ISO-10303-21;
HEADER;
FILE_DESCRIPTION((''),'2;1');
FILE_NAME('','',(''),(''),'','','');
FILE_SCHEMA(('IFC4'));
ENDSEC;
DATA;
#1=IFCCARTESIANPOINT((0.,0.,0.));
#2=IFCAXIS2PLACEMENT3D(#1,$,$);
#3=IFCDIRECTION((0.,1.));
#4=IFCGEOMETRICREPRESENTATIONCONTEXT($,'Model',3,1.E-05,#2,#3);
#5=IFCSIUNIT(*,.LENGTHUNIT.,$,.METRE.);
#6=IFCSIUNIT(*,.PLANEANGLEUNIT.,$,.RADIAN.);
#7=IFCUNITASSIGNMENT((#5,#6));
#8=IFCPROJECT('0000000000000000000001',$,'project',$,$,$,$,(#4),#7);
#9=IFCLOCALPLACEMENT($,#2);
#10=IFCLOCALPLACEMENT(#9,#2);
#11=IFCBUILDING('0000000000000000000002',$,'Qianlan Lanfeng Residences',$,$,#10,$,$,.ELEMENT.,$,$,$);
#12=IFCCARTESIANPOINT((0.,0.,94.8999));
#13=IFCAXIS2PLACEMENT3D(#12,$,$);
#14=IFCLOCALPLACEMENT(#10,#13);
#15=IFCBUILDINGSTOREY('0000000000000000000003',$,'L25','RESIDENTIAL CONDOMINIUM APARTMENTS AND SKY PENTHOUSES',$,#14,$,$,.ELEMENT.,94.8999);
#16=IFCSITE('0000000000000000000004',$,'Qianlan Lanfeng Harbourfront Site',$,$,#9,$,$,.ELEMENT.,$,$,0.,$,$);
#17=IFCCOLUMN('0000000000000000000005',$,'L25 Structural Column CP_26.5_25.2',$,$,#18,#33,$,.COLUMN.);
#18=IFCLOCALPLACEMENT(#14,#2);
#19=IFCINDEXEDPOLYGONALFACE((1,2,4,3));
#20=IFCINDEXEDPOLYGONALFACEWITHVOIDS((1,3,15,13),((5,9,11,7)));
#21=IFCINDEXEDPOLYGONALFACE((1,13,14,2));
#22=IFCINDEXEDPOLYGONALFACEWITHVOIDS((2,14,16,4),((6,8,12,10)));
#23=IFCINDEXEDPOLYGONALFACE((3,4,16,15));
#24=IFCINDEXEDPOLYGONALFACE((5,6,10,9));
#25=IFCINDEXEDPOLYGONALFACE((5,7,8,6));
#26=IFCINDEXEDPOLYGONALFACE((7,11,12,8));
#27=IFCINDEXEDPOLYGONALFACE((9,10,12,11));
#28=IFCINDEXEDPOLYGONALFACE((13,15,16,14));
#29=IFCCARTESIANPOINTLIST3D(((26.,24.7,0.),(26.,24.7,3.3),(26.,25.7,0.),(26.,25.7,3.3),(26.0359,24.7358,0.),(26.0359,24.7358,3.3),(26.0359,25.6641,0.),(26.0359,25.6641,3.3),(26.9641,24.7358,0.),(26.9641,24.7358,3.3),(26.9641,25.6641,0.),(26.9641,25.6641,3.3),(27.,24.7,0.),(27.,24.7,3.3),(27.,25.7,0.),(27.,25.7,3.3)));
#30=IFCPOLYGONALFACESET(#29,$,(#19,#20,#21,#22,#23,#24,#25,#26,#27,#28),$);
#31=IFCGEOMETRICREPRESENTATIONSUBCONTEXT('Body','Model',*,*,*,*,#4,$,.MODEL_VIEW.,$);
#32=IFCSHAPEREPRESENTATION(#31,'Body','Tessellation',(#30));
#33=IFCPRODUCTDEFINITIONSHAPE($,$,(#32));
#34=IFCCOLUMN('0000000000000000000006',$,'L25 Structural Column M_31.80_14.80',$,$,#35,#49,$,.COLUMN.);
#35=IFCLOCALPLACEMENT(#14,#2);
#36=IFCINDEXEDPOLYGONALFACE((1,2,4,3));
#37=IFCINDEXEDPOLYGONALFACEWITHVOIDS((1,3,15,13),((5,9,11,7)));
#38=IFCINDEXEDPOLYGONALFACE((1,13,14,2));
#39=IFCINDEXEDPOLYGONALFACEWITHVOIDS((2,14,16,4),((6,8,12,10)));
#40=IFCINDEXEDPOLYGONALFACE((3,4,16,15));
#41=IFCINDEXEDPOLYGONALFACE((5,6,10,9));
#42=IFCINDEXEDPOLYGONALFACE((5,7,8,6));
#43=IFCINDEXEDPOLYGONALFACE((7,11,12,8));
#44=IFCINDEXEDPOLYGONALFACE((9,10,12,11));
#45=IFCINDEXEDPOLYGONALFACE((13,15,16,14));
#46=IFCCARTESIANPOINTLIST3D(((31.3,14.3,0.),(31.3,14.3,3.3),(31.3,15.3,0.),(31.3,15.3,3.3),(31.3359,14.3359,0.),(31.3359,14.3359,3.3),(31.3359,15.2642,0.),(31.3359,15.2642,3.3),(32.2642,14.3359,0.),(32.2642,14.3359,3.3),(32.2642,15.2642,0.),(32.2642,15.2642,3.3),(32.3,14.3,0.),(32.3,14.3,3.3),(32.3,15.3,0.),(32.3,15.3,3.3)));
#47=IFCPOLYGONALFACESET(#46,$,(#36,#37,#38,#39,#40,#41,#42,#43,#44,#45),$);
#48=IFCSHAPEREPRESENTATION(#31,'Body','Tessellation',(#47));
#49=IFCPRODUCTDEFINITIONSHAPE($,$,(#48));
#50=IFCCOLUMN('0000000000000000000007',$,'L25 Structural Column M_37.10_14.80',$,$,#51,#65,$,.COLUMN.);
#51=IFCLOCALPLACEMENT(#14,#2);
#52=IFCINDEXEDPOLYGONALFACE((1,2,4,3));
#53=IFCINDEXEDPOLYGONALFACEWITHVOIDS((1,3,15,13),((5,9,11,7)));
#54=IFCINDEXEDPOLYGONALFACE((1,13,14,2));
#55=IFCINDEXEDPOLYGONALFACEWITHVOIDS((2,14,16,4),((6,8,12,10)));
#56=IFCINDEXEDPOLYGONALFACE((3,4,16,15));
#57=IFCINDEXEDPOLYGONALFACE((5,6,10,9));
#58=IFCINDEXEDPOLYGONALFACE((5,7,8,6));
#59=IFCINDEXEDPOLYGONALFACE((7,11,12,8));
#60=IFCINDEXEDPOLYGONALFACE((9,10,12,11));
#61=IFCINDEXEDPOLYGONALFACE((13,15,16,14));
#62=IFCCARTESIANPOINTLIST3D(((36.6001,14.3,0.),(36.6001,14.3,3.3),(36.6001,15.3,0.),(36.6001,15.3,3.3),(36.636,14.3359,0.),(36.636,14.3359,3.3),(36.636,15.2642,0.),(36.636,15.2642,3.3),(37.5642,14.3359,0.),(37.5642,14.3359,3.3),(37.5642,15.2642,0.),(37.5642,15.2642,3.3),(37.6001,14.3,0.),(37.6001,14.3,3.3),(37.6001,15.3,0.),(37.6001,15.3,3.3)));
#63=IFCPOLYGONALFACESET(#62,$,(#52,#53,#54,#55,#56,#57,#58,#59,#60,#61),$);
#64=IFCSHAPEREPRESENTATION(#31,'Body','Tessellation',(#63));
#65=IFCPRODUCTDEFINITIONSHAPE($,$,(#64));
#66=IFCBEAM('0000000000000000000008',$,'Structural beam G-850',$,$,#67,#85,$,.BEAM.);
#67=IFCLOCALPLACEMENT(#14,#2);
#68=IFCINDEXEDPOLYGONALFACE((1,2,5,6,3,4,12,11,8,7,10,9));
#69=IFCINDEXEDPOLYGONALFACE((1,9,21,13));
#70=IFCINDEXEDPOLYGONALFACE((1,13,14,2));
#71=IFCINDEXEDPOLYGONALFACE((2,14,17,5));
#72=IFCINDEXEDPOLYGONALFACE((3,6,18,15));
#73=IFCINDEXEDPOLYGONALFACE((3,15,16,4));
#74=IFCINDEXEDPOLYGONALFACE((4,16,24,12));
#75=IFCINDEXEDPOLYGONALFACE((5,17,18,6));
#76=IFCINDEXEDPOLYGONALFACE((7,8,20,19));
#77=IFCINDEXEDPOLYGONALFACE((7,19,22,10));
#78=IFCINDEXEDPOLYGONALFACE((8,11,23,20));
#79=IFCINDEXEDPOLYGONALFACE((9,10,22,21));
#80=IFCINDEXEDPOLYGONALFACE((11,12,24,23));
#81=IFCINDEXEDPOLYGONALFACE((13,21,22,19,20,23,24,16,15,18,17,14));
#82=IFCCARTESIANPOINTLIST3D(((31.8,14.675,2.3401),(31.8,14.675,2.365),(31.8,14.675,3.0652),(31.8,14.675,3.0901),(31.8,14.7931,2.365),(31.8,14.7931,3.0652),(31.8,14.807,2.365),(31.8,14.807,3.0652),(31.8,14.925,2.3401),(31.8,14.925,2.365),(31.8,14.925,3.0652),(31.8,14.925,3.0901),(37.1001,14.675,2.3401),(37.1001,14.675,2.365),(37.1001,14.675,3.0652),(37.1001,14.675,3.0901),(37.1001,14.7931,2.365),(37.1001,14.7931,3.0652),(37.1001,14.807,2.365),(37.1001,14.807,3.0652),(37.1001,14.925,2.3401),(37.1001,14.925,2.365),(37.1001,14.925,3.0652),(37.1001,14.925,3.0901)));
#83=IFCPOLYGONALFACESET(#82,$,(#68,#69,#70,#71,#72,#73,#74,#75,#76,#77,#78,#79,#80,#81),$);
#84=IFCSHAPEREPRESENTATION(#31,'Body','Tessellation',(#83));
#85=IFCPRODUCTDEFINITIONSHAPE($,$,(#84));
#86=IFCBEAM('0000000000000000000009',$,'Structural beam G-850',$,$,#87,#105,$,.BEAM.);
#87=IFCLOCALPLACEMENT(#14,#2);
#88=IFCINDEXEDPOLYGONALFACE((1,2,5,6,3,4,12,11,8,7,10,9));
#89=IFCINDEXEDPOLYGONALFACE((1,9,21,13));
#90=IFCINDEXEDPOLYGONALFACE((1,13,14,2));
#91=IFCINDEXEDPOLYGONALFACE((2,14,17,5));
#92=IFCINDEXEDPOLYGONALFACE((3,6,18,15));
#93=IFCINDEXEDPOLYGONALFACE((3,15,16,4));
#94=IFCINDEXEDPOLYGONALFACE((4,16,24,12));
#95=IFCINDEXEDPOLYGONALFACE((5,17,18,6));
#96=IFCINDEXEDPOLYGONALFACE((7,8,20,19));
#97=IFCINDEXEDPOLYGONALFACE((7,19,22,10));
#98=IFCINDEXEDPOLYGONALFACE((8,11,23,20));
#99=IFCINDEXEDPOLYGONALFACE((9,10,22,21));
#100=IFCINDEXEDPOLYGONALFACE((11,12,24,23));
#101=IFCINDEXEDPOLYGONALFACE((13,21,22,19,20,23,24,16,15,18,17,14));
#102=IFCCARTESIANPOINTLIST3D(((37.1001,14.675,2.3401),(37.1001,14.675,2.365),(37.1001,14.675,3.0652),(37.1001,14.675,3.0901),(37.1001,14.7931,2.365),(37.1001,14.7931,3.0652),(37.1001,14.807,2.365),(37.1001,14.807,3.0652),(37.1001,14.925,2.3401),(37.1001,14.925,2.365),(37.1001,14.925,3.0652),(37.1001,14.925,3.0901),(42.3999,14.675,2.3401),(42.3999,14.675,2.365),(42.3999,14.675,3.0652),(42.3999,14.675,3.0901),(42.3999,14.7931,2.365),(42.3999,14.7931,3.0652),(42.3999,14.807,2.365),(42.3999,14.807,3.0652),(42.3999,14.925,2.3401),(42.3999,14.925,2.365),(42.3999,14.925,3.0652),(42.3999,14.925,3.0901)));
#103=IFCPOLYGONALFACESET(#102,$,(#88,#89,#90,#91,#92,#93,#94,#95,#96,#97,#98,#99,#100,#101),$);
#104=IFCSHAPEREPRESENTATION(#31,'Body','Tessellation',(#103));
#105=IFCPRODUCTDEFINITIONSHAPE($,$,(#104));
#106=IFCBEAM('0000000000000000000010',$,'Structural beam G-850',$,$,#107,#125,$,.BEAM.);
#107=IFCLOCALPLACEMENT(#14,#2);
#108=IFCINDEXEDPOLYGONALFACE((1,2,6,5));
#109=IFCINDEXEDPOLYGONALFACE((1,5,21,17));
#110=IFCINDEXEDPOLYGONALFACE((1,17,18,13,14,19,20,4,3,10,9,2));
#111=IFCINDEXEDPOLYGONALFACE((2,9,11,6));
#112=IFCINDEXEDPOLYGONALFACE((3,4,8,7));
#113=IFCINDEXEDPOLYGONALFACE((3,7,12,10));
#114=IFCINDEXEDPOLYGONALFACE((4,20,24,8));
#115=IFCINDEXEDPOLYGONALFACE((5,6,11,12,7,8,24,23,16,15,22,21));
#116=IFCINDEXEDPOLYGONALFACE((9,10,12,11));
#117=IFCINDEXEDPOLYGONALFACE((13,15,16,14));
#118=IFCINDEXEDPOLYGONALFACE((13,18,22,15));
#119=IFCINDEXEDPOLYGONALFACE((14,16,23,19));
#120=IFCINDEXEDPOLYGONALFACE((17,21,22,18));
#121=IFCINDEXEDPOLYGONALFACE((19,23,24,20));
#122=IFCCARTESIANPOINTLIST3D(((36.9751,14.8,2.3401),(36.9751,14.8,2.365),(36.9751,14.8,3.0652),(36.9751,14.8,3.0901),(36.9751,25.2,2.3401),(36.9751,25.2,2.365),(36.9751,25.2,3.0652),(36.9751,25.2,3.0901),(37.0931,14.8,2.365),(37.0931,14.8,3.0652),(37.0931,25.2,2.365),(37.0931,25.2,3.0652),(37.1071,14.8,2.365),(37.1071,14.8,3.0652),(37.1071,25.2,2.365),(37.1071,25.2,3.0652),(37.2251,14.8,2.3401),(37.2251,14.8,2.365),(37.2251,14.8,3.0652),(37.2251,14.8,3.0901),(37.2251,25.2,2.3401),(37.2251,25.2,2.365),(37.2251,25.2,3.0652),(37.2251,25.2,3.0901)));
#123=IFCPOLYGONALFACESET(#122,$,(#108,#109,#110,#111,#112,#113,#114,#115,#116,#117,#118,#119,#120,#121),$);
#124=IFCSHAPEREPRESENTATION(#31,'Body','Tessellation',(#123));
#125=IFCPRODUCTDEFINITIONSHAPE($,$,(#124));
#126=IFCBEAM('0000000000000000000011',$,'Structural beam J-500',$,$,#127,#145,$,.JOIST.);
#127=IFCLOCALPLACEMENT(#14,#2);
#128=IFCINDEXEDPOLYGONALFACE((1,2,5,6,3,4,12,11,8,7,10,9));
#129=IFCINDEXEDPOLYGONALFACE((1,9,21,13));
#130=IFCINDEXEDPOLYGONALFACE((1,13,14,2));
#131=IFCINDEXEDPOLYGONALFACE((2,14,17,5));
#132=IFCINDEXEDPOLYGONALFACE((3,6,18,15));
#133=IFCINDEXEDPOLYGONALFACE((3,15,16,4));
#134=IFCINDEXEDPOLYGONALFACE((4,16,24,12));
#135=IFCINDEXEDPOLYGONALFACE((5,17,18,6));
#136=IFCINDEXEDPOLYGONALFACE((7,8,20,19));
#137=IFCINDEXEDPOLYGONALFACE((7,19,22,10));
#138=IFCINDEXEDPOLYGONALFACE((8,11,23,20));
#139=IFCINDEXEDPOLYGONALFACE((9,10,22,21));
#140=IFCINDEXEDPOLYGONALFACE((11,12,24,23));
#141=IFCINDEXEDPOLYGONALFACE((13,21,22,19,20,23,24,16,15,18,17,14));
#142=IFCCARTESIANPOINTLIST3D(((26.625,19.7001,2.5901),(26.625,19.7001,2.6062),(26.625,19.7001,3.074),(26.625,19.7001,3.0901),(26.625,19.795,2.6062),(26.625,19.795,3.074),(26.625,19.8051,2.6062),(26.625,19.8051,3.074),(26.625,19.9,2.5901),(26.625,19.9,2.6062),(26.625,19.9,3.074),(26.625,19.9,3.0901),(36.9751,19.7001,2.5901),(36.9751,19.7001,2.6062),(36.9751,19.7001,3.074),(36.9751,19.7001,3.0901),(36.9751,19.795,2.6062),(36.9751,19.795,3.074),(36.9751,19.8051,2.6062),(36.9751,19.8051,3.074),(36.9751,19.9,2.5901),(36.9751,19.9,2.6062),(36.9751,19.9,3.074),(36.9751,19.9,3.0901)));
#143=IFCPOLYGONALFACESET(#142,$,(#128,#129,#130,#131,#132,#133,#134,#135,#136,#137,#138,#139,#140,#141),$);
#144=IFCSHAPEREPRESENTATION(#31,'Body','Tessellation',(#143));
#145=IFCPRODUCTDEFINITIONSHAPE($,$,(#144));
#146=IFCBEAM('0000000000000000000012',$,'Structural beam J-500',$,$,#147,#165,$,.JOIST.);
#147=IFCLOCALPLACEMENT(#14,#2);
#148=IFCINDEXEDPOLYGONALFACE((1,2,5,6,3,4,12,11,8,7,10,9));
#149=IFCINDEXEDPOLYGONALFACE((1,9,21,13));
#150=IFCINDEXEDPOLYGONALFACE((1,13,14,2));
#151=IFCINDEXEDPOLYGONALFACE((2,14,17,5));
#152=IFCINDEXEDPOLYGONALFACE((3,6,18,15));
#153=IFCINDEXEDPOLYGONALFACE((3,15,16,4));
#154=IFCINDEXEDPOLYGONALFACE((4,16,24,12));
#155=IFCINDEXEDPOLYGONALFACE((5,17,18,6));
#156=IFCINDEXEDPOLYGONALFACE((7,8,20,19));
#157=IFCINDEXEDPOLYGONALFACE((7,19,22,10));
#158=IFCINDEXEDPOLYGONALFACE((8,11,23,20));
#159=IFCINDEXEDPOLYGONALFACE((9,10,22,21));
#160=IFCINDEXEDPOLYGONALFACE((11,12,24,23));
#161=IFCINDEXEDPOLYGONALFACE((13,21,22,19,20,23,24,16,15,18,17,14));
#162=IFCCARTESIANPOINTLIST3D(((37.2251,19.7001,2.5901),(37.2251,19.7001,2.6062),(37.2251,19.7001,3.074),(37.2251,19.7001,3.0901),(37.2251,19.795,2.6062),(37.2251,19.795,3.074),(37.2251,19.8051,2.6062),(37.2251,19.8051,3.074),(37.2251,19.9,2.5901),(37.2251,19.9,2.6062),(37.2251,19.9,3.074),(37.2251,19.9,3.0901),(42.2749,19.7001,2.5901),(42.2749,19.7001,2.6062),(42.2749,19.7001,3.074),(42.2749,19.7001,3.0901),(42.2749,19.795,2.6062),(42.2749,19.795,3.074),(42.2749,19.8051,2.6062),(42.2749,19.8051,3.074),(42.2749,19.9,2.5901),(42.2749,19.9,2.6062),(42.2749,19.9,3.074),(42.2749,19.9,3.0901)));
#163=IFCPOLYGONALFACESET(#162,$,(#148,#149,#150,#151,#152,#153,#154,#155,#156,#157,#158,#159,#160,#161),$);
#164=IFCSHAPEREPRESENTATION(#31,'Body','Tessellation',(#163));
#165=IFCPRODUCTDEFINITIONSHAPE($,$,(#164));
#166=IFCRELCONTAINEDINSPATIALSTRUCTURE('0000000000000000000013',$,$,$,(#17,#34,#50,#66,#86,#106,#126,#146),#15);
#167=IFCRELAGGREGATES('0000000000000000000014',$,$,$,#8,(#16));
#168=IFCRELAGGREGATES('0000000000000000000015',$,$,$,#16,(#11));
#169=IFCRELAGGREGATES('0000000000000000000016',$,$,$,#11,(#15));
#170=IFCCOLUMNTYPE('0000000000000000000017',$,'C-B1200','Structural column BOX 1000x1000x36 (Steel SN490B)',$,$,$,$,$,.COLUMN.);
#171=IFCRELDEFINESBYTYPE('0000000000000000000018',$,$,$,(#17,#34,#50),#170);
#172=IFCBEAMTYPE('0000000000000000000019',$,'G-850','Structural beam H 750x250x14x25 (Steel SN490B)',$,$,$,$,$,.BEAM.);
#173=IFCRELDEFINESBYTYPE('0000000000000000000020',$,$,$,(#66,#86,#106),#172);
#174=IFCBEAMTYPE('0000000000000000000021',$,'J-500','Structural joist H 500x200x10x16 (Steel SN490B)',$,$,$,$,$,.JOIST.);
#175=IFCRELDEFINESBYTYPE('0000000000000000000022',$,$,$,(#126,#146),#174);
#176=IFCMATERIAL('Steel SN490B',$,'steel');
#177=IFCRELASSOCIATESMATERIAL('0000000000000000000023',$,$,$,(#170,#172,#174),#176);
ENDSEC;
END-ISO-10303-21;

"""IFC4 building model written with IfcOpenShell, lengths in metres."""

from ifc_helpers import new_model, si_unit, direction, frame, origin, origin_2d, place, context, subcontext, project, spatial, hollow_rectangle, i_section, extrude, material, material_profile, profile_set, type_object, element, save


model = new_model("IFC4")

# Units and contexts
model_context = context("Model", 3, precision=1e-05, world=origin(), true_north=direction((0.0, 1.0)))
body_context = subcontext(model_context, "Body", "Model", "MODEL_VIEW")
ifc_project = project(units=[si_unit("LENGTHUNIT", "METRE"), si_unit("PLANEANGLEUNIT", "RADIAN")], contexts=[model_context])

# Site, building, storey
site_placement = place(None, origin())
site = spatial("IfcSite", under=ifc_project, at=site_placement, Name="Qianlan Lanfeng Harbourfront Site", CompositionType="ELEMENT", RefElevation=0.0)
building_placement = place(site_placement, origin())
building = spatial("IfcBuilding", under=site, at=building_placement, Name="Qianlan Lanfeng Residences", CompositionType="ELEMENT")
storey_placement = place(building_placement, frame((0.0, 0.0, 94.8999)))
storey = spatial("IfcBuildingStorey", under=building, at=storey_placement, Name="L25", Description="RESIDENTIAL CONDOMINIUM APARTMENTS AND SKY PENTHOUSES", CompositionType="ELEMENT", Elevation=94.8999)

# Columns
ifc_material_1 = material(Name="Steel SN490B", Category="steel")
ifc_material_profile_1 = material_profile(ifc_material_1, hollow_rectangle(XDim=1.0, YDim=1.0, WallThickness=0.0359, at=origin_2d()), Name="BOX 1000x1000x36")
ifc_profile_set_1 = profile_set([ifc_material_profile_1], Name="Steel SN490B")
column_type = type_object("IfcColumnType", Name="C-B1200", Description="Structural column BOX 1000x1000x36 (Steel SN490B)", PredefinedType="COLUMN", material=ifc_profile_set_1)
for number, where, z_axis, x_axis, name in (
    (1, (26.5, 25.2, 0.0), (0.0, 0.0, 1.0), (1.0, 0.0, 0.0), "L25 Structural Column CP_26.5_25.2"),
    (2, (31.8, 14.8, 0.0), (0.0, 0.0, 1.0), (1.0, 0.0, 0.0), "L25 Structural Column M_31.80_14.80"),
    (3, (37.1001, 14.8, 0.0), (0.0, 0.0, 1.0), (1.0, 0.0, 0.0), "L25 Structural Column M_37.10_14.80"),
):
    element("IfcColumn", number, at=place(storey_placement, frame(where, z_axis=z_axis, x_axis=x_axis)), inside=storey, type_object=column_type, Name=name, PredefinedType="COLUMN", context=body_context, shape_type="SweptSolid", body=[
        extrude(hollow_rectangle(XDim=1.0, YDim=1.0, WallThickness=0.0359, at=origin_2d()), origin(), (0.0, 0.0, 1.0), 3.3),
    ])

# Beams
ifc_material_profile_2 = material_profile(ifc_material_1, i_section(OverallWidth=0.25, OverallDepth=0.75, WebThickness=0.0139, FlangeThickness=0.0249, at=origin_2d()), Name="H 750x250x14x25")
ifc_profile_set_2 = profile_set([ifc_material_profile_2], Name="Steel SN490B")
beam_type_1 = type_object("IfcBeamType", Name="G-850", Description="Structural beam H 750x250x14x25 (Steel SN490B)", PredefinedType="BEAM", material=ifc_profile_set_2)
beam_1_placement = place(storey_placement, frame((31.8, 14.8, 2.7151), z_axis=(1.0, 0.0, 0.0), x_axis=(0.0, 1.0, 0.0)))
element("IfcBeam", 4, at=beam_1_placement, inside=storey, type_object=beam_type_1, Name="Structural beam G-850", PredefinedType="BEAM", context=body_context, shape_type="SweptSolid", body=[
    extrude(i_section(OverallWidth=0.25, OverallDepth=0.75, WebThickness=0.0139, FlangeThickness=0.0249, at=origin_2d()), origin(), (0.0, 0.0, 1.0), 5.3),
])
beam_2_placement = place(storey_placement, frame((37.1001, 14.8, 2.7151), z_axis=(1.0, 0.0, 0.0), x_axis=(0.0, 1.0, 0.0)))
element("IfcBeam", 5, at=beam_2_placement, inside=storey, type_object=beam_type_1, Name="Structural beam G-850", PredefinedType="BEAM", context=body_context, shape_type="SweptSolid", body=[
    extrude(i_section(OverallWidth=0.25, OverallDepth=0.75, WebThickness=0.0139, FlangeThickness=0.0249, at=origin_2d()), origin(), (0.0, 0.0, 1.0), 5.2998),
])
beam_3_placement = place(storey_placement, frame((37.1001, 14.8, 2.7151), z_axis=(0.0, 1.0, 0.0), x_axis=(-1.0, 0.0, 0.0)))
element("IfcBeam", 6, at=beam_3_placement, inside=storey, type_object=beam_type_1, Name="Structural beam G-850", PredefinedType="BEAM", context=body_context, shape_type="SweptSolid", body=[
    extrude(i_section(OverallWidth=0.25, OverallDepth=0.75, WebThickness=0.0139, FlangeThickness=0.0249, at=origin_2d()), origin(), (0.0, 0.0, 1.0), 10.3999),
])
ifc_material_profile_3 = material_profile(ifc_material_1, i_section(OverallWidth=0.2, OverallDepth=0.5, WebThickness=0.01, FlangeThickness=0.0161, at=origin_2d()), Name="H 500x200x10x16")
ifc_profile_set_3 = profile_set([ifc_material_profile_3], Name="Steel SN490B")
beam_type_2 = type_object("IfcBeamType", Name="J-500", Description="Structural joist H 500x200x10x16 (Steel SN490B)", PredefinedType="JOIST", material=ifc_profile_set_3)
beam_4_placement = place(storey_placement, frame((26.625, 19.8, 2.8401), z_axis=(1.0, 0.0, 0.0), x_axis=(0.0, 1.0, 0.0)))
element("IfcBeam", 7, at=beam_4_placement, inside=storey, type_object=beam_type_2, Name="Structural beam J-500", PredefinedType="JOIST", context=body_context, shape_type="SweptSolid", body=[
    extrude(i_section(OverallWidth=0.2, OverallDepth=0.5, WebThickness=0.01, FlangeThickness=0.0161, at=origin_2d()), origin(), (0.0, 0.0, 1.0), 10.3501),
])
beam_5_placement = place(storey_placement, frame((37.2251, 19.8, 2.8401), z_axis=(1.0, 0.0, 0.0), x_axis=(0.0, 1.0, 0.0)))
element("IfcBeam", 8, at=beam_5_placement, inside=storey, type_object=beam_type_2, Name="Structural beam J-500", PredefinedType="JOIST", context=body_context, shape_type="SweptSolid", body=[
    extrude(i_section(OverallWidth=0.2, OverallDepth=0.5, WebThickness=0.01, FlangeThickness=0.0161, at=origin_2d()), origin(), (0.0, 0.0, 1.0), 5.0498),
])

save(model, "model.ifc")
